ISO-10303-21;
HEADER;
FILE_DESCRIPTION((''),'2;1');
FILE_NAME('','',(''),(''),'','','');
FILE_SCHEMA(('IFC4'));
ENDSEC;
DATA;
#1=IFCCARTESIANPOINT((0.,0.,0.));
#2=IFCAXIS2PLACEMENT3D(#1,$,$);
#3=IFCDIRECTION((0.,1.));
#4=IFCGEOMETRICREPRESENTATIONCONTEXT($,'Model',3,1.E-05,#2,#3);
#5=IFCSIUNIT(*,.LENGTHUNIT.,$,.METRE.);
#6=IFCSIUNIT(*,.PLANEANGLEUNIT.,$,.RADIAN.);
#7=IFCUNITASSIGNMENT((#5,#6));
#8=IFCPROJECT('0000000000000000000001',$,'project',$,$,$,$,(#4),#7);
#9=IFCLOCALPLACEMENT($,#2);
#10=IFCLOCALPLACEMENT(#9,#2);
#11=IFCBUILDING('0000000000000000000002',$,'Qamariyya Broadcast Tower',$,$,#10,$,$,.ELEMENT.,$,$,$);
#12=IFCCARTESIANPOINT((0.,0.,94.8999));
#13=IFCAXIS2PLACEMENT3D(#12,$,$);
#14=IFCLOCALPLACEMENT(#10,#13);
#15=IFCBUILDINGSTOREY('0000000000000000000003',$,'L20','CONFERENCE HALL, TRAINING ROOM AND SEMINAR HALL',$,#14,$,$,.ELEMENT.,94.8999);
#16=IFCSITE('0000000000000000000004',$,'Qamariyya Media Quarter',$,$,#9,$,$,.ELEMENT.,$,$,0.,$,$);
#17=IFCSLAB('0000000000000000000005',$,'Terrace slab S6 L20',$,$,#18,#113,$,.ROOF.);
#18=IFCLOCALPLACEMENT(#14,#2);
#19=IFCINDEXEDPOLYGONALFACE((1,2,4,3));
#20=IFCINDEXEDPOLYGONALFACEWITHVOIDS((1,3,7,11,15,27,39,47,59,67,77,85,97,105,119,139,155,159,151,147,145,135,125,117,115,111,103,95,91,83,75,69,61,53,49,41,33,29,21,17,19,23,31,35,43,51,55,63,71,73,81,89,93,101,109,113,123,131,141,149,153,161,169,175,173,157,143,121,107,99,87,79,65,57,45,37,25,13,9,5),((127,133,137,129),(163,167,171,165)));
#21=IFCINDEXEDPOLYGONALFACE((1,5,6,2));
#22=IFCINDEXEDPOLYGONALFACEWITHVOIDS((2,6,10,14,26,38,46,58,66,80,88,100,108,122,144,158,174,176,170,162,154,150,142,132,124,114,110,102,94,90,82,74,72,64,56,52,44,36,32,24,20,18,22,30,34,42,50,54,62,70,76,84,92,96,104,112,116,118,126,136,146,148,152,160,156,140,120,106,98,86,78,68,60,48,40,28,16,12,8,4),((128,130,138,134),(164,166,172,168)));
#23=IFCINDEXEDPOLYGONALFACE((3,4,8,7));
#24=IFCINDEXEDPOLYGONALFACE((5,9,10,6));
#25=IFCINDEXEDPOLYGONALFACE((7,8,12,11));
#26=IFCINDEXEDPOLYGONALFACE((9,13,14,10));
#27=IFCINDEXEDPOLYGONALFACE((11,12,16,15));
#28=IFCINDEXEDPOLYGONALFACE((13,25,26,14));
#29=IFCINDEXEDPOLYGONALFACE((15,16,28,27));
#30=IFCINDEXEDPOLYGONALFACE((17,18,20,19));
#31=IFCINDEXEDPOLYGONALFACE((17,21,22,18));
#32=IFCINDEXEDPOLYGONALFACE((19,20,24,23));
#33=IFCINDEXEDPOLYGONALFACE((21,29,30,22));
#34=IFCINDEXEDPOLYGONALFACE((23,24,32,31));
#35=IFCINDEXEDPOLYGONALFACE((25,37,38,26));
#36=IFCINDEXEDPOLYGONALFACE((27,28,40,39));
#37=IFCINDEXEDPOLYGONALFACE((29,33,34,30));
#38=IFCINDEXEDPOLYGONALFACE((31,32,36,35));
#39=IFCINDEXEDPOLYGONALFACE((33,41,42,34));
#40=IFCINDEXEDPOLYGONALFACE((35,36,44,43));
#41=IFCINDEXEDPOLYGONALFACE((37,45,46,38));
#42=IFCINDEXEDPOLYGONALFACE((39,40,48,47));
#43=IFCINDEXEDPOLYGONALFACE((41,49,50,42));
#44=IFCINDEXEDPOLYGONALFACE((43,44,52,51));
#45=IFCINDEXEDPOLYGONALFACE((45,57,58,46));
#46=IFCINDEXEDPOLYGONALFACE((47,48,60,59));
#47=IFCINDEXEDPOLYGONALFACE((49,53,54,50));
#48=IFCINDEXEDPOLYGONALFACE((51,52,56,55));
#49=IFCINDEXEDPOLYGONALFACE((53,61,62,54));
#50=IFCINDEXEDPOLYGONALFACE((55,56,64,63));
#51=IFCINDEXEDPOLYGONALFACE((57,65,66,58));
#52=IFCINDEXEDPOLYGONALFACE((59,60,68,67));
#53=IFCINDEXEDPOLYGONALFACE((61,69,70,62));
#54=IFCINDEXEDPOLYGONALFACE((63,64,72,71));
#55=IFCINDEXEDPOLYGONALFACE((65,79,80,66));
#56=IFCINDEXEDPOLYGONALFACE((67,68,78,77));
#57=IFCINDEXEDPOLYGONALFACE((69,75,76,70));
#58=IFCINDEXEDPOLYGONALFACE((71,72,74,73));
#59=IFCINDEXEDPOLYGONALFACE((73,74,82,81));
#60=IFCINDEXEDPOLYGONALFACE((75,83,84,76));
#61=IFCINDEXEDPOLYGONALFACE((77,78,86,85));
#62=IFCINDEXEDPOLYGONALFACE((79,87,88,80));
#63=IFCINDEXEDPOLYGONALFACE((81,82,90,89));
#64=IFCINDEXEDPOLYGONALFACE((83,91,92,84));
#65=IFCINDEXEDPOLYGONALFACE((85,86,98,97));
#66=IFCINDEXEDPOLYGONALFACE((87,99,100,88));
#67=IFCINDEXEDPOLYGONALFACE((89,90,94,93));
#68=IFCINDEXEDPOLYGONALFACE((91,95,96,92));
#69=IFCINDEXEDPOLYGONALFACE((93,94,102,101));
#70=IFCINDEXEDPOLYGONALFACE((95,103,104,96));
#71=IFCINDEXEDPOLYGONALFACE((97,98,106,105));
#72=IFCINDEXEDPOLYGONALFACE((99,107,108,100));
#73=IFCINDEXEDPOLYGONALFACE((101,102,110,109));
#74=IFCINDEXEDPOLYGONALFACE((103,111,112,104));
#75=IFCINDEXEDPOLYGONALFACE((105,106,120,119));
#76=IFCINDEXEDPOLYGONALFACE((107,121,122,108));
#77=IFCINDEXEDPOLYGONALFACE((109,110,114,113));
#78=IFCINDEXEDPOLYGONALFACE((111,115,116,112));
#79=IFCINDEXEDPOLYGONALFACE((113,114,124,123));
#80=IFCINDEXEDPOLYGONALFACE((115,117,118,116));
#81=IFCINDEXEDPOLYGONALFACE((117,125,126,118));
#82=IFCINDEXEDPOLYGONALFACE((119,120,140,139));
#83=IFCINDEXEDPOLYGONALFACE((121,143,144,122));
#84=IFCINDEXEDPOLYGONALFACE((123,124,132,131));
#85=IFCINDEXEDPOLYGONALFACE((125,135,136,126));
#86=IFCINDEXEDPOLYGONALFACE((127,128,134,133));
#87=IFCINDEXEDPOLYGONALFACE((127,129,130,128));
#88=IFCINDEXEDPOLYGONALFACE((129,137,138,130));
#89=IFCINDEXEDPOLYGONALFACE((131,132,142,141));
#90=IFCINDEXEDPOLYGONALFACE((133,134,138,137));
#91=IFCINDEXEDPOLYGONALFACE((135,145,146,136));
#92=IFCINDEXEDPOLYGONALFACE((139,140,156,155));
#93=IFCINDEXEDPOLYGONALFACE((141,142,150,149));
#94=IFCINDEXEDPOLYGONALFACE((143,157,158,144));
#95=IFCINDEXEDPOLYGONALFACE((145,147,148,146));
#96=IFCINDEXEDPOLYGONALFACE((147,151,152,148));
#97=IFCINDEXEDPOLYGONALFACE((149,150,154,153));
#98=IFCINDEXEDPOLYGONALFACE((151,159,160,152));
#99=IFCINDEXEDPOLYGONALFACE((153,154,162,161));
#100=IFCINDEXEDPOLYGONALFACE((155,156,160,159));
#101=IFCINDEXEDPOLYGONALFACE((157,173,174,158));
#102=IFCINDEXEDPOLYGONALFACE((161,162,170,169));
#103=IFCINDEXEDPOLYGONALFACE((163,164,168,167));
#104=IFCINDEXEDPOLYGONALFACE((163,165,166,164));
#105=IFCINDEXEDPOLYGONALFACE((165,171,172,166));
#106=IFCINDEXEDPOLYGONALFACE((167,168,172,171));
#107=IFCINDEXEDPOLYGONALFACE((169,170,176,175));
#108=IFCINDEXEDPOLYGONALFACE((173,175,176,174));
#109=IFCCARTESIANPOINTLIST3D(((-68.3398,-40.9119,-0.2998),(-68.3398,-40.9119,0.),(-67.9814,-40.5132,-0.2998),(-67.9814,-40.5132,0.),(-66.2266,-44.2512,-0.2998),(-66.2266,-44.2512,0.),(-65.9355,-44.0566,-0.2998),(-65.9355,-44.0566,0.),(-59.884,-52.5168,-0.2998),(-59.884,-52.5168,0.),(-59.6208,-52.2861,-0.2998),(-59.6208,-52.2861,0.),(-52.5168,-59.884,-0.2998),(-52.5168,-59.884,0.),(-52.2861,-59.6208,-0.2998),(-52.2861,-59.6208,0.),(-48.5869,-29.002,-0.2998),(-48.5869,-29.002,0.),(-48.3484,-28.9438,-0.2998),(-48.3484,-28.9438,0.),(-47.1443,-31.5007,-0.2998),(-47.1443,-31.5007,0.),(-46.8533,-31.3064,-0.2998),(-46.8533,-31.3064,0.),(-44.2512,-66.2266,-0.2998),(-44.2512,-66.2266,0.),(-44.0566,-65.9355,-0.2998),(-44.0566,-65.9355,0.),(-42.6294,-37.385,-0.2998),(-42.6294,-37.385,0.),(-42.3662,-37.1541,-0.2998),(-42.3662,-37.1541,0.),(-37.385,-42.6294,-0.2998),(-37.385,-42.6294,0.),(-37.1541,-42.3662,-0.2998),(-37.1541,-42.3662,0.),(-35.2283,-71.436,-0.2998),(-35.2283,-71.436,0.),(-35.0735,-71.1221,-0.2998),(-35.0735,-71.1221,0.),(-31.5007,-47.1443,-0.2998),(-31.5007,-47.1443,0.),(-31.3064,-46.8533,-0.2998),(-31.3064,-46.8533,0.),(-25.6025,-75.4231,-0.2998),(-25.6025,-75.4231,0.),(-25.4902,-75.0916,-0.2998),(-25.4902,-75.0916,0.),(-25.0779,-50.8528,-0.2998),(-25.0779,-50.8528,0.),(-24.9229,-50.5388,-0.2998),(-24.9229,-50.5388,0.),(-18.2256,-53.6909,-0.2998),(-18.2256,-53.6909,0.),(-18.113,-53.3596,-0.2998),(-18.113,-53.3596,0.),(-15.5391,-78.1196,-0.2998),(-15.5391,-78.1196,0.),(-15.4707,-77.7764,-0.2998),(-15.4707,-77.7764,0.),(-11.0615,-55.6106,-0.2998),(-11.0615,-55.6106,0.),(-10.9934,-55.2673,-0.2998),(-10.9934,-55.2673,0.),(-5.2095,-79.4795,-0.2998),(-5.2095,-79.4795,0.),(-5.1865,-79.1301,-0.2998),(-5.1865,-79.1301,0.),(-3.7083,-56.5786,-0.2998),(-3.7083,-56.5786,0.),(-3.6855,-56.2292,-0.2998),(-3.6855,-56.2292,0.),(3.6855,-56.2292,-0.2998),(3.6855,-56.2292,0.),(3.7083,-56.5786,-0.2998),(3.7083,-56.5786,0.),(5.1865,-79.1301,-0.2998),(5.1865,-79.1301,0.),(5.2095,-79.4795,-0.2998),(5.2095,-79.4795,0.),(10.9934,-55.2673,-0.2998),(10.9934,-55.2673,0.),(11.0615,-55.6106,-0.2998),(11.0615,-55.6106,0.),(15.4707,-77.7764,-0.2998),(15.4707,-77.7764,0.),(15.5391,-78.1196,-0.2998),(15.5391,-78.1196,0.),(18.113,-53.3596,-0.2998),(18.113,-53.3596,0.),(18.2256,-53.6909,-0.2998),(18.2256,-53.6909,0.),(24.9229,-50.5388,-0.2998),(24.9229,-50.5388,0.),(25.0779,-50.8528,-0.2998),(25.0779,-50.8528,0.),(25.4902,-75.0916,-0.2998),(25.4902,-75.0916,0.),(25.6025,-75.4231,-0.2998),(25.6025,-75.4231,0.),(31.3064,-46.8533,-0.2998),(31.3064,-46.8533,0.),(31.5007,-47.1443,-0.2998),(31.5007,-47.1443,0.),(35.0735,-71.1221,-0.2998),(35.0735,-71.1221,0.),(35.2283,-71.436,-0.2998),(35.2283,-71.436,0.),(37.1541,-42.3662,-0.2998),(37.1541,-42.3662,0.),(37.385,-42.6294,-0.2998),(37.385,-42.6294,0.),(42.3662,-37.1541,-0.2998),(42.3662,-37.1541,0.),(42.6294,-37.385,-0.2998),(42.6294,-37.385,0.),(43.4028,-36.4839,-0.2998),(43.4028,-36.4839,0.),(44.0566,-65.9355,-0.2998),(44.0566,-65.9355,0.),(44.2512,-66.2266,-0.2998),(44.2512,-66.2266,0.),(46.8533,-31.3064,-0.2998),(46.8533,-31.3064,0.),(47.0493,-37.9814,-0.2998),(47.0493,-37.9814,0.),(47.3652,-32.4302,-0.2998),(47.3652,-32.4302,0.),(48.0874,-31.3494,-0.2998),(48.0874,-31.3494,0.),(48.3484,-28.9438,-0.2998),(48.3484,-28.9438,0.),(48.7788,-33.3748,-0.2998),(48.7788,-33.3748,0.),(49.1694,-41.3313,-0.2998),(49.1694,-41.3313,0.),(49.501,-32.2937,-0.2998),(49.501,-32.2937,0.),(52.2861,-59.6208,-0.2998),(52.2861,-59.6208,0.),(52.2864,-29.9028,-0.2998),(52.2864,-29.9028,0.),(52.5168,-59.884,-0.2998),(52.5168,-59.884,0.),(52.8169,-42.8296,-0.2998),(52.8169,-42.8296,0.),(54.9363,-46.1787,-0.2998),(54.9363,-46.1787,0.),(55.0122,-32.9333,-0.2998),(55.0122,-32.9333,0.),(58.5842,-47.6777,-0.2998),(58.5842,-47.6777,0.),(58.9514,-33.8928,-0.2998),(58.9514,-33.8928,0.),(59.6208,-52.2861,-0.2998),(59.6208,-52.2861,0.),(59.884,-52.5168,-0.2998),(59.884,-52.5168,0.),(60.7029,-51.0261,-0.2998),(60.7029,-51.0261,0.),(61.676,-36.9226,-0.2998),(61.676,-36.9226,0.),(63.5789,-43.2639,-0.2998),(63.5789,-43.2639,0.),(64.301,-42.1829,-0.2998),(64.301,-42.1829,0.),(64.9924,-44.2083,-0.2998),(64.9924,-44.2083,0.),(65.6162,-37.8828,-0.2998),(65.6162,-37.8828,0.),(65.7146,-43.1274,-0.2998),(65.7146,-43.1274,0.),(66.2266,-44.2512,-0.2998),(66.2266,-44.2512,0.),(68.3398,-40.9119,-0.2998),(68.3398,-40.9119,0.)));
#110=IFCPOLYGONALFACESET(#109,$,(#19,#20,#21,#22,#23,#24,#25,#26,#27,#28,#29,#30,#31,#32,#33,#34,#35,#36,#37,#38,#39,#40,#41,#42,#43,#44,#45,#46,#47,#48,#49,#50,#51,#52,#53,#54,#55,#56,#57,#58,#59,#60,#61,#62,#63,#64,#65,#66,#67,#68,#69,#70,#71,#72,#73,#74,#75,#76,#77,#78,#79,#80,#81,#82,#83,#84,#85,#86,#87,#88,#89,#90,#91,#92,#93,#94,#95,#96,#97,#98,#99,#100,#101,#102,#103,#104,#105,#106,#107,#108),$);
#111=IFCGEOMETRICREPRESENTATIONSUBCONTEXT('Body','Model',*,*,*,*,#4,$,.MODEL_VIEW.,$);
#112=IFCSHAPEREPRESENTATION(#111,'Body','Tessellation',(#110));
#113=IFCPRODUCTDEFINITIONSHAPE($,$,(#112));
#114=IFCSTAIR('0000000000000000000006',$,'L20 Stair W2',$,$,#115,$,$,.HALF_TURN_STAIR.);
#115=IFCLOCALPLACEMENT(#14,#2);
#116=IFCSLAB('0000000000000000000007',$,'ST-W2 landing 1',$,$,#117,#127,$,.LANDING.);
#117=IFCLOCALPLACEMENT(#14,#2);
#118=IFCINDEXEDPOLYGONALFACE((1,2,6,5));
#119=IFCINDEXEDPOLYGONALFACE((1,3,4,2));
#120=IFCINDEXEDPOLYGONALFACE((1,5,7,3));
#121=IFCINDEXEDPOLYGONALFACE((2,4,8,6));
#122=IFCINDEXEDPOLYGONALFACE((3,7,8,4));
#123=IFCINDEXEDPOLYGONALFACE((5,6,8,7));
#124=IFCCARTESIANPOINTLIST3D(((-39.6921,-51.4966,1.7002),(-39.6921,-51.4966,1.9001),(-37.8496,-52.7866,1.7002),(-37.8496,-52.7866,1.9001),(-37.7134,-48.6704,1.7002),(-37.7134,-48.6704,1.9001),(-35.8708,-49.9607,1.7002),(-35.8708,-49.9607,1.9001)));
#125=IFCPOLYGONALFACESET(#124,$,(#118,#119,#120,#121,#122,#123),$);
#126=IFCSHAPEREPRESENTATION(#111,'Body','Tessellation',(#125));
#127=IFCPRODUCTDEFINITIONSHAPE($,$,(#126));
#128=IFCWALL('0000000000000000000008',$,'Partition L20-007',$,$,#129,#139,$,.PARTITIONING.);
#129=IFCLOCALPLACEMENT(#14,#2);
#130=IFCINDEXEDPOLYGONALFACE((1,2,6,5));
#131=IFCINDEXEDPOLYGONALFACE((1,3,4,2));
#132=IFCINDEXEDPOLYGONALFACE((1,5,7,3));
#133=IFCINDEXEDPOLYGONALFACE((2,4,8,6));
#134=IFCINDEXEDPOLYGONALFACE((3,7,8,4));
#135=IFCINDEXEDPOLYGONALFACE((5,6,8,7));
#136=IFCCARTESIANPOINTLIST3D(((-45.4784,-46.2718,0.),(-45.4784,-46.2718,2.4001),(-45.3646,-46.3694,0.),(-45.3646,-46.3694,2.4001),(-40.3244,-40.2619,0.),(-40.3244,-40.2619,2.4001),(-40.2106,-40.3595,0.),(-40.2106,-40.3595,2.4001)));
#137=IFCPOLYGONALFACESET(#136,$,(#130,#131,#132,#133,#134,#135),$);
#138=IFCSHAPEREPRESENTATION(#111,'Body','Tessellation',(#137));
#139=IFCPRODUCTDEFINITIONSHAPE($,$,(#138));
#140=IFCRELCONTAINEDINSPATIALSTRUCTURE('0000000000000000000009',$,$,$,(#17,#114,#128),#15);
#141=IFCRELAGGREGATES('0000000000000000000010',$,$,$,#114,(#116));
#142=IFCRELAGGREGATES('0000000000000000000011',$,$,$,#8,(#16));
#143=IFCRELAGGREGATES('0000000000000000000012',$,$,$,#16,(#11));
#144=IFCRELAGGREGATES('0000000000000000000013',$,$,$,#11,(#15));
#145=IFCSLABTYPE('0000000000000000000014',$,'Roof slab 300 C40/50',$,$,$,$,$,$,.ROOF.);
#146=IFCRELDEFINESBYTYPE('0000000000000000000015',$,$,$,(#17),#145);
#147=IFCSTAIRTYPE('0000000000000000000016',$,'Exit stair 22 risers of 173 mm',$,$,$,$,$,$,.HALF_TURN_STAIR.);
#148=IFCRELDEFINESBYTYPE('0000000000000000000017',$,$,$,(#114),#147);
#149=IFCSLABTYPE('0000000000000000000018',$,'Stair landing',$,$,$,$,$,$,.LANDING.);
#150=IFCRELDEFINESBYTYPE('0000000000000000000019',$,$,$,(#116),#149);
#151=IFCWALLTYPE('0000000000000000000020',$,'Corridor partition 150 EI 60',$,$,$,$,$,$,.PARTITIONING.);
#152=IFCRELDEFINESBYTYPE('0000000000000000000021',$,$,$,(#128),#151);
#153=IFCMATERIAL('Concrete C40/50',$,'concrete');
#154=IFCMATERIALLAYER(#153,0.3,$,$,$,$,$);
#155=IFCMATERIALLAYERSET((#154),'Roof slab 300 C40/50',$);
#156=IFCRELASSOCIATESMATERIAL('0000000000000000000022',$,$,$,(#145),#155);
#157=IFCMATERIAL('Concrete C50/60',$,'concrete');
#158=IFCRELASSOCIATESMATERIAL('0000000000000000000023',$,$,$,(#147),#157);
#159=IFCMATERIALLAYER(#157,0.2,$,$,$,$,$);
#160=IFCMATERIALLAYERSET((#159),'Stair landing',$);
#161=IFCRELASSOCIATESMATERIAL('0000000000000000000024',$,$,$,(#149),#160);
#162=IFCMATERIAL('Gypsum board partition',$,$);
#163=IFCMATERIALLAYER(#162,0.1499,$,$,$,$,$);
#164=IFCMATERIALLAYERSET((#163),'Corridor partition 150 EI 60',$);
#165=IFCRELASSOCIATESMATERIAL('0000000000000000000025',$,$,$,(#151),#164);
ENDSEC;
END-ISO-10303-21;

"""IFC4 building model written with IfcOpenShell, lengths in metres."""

from ifc_helpers import new_model, si_unit, direction, frame, frame_2d, origin, place, context, subcontext, project, spatial, polyline, rectangle, outline, extrude, material, layer, layer_set, type_object, element, aggregate, save


model = new_model("IFC4")

# Units and contexts
model_context = context("Model", 3, precision=1e-05, world=origin(), true_north=direction((0.0, 1.0)))
body_context = subcontext(model_context, "Body", "Model", "MODEL_VIEW")
ifc_project = project(units=[si_unit("LENGTHUNIT", "METRE"), si_unit("PLANEANGLEUNIT", "RADIAN")], contexts=[model_context])

# Site, building, storey
site_placement = place(None, origin())
site = spatial("IfcSite", under=ifc_project, at=site_placement, Name="Qamariyya Media Quarter", CompositionType="ELEMENT", RefElevation=0.0)
building_placement = place(site_placement, origin())
building = spatial("IfcBuilding", under=site, at=building_placement, Name="Qamariyya Broadcast Tower", CompositionType="ELEMENT")
storey_placement = place(building_placement, frame((0.0, 0.0, 94.8999)))
storey = spatial("IfcBuildingStorey", under=building, at=storey_placement, Name="L20", Description="CONFERENCE HALL, TRAINING ROOM AND SEMINAR HALL", CompositionType="ELEMENT", Elevation=94.8999)

# Shared definitions
ifc_material_1 = material(Name="Concrete C50/60", Category="concrete")

# Slab
ifc_material_2 = material(Name="Concrete C40/50", Category="concrete")
ifc_layer_1 = layer(ifc_material_2, 0.3)
ifc_layer_set_1 = layer_set([ifc_layer_1], Name="Roof slab 300 C40/50")
slab_type_1 = type_object("IfcSlabType", Name="Roof slab 300 C40/50", PredefinedType="ROOF", material=ifc_layer_set_1)
slab_1_placement = place(storey_placement, frame((0.0, 0.0, -0.2998)))
element("IfcSlab", 1, at=slab_1_placement, inside=storey, type_object=slab_type_1, Name="Terrace slab S6 L20", PredefinedType="ROOF", context=body_context, shape_type="SweptSolid", body=[
    extrude(outline(polyline([(-42.3662, -37.1541), (-46.8533, -31.3064), (-48.3484, -28.9438), (-48.5869, -29.002), (-47.1443, -31.5007), (-42.6294, -37.385), (-37.385, -42.6294), (-31.5007, -47.1443), (-25.0779, -50.8528), (-18.2256, -53.6909), (-11.0615, -55.6106), (-3.7083, -56.5786), (3.7083, -56.5786), (11.0615, -55.6106), (18.2256, -53.6909), (25.0779, -50.8528), (31.5007, -47.1443), (37.385, -42.6294), (42.6294, -37.385), (43.4028, -36.4839), (47.0493, -37.9814), (49.1694, -41.3313), (52.8169, -42.8296), (54.9363, -46.1787), (58.5842, -47.6777), (60.7029, -51.0261), (59.6208, -52.2861), (52.2861, -59.6208), (44.0566, -65.9355), (35.0735, -71.1221), (25.4902, -75.0916), (15.4707, -77.7764), (5.1865, -79.1301), (-5.1865, -79.1301), (-15.4707, -77.7764), (-25.4902, -75.0916), (-35.0735, -71.1221), (-44.0566, -65.9355), (-52.2861, -59.6208), (-59.6208, -52.2861), (-65.9355, -44.0566), (-67.9814, -40.5132), (-68.3398, -40.9119), (-66.2266, -44.2512), (-59.884, -52.5168), (-52.5168, -59.884), (-44.2512, -66.2266), (-35.2283, -71.436), (-25.6025, -75.4231), (-15.5391, -78.1196), (-5.2095, -79.4795), (5.2095, -79.4795), (15.5391, -78.1196), (25.6025, -75.4231), (35.2283, -71.436), (44.2512, -66.2266), (52.5168, -59.884), (59.884, -52.5168), (66.2266, -44.2512), (68.3398, -40.9119), (65.6162, -37.8828), (61.676, -36.9226), (58.9514, -33.8928), (55.0122, -32.9333), (52.2864, -29.9028), (48.3484, -28.9438), (46.8533, -31.3064), (42.3662, -37.1541), (37.1541, -42.3662), (31.3064, -46.8533), (24.9229, -50.5388), (18.113, -53.3596), (10.9934, -55.2673), (3.6855, -56.2292), (-3.6855, -56.2292), (-10.9934, -55.2673), (-18.113, -53.3596), (-24.9229, -50.5388), (-31.3064, -46.8533), (-37.1541, -42.3662), (-42.3662, -37.1541)]), holes=[polyline([(64.9924, -44.2083), (63.5789, -43.2639), (64.301, -42.1829), (65.7146, -43.1274), (64.9924, -44.2083)]), polyline([(48.7788, -33.3748), (47.3652, -32.4302), (48.0874, -31.3494), (49.501, -32.2937), (48.7788, -33.3748)])]), origin(), (0.0, 0.0, 1.0), 0.2998),
])

# Stair, slab
stair_type = type_object("IfcStairType", Name="Exit stair 22 risers of 173 mm", PredefinedType="HALF_TURN_STAIR", material=ifc_material_1)
stair_placement = place(storey_placement, origin())
stair = element("IfcStair", 2, at=stair_placement, inside=storey, type_object=stair_type, Name="L20 Stair W2", PredefinedType="HALF_TURN_STAIR")
ifc_layer_2 = layer(ifc_material_1, 0.2)
ifc_layer_set_2 = layer_set([ifc_layer_2], Name="Stair landing")
slab_type_2 = type_object("IfcSlabType", Name="Stair landing", PredefinedType="LANDING", material=ifc_layer_set_2)
slab_2_placement = place(storey_placement, frame((0.0, 0.0, 1.7002)))
slab_2 = element("IfcSlab", 3, at=slab_2_placement, type_object=slab_type_2, Name="ST-W2 landing 1", PredefinedType="LANDING", context=body_context, shape_type="SweptSolid", body=[
    extrude(outline(polyline([(-39.6921, -51.4966), (-37.8496, -52.7866), (-35.8708, -49.9607), (-37.7134, -48.6704), (-39.6921, -51.4966)])), origin(), (0.0, 0.0, 1.0), 0.2),
])
aggregate(stair, [slab_2])

# Wall
ifc_material_3 = material(Name="Gypsum board partition")
ifc_layer_3 = layer(ifc_material_3, 0.1499)
ifc_layer_set_3 = layer_set([ifc_layer_3], Name="Corridor partition 150 EI 60")
wall_type_1 = type_object("IfcWallType", Name="Corridor partition 150 EI 60", PredefinedType="PARTITIONING", material=ifc_layer_set_3)
wall_1_placement = place(storey_placement, frame((-40.2676, -40.3108, 0.0), z_axis=(0.0, 0.0, 1.0), x_axis=(-0.650982, -0.759093, 0.0)))
element("IfcWall", 4, at=wall_1_placement, inside=storey, type_object=wall_type_1, Name="Partition L20-007", PredefinedType="PARTITIONING", context=body_context, shape_type="SweptSolid", body=[
    extrude(rectangle(XDim=7.9172, YDim=0.1499, at=frame_2d((3.9585, 0.0))), origin(), (0.0, 0.0, 1.0), 2.4001),
])

save(model, "model.ifc")
